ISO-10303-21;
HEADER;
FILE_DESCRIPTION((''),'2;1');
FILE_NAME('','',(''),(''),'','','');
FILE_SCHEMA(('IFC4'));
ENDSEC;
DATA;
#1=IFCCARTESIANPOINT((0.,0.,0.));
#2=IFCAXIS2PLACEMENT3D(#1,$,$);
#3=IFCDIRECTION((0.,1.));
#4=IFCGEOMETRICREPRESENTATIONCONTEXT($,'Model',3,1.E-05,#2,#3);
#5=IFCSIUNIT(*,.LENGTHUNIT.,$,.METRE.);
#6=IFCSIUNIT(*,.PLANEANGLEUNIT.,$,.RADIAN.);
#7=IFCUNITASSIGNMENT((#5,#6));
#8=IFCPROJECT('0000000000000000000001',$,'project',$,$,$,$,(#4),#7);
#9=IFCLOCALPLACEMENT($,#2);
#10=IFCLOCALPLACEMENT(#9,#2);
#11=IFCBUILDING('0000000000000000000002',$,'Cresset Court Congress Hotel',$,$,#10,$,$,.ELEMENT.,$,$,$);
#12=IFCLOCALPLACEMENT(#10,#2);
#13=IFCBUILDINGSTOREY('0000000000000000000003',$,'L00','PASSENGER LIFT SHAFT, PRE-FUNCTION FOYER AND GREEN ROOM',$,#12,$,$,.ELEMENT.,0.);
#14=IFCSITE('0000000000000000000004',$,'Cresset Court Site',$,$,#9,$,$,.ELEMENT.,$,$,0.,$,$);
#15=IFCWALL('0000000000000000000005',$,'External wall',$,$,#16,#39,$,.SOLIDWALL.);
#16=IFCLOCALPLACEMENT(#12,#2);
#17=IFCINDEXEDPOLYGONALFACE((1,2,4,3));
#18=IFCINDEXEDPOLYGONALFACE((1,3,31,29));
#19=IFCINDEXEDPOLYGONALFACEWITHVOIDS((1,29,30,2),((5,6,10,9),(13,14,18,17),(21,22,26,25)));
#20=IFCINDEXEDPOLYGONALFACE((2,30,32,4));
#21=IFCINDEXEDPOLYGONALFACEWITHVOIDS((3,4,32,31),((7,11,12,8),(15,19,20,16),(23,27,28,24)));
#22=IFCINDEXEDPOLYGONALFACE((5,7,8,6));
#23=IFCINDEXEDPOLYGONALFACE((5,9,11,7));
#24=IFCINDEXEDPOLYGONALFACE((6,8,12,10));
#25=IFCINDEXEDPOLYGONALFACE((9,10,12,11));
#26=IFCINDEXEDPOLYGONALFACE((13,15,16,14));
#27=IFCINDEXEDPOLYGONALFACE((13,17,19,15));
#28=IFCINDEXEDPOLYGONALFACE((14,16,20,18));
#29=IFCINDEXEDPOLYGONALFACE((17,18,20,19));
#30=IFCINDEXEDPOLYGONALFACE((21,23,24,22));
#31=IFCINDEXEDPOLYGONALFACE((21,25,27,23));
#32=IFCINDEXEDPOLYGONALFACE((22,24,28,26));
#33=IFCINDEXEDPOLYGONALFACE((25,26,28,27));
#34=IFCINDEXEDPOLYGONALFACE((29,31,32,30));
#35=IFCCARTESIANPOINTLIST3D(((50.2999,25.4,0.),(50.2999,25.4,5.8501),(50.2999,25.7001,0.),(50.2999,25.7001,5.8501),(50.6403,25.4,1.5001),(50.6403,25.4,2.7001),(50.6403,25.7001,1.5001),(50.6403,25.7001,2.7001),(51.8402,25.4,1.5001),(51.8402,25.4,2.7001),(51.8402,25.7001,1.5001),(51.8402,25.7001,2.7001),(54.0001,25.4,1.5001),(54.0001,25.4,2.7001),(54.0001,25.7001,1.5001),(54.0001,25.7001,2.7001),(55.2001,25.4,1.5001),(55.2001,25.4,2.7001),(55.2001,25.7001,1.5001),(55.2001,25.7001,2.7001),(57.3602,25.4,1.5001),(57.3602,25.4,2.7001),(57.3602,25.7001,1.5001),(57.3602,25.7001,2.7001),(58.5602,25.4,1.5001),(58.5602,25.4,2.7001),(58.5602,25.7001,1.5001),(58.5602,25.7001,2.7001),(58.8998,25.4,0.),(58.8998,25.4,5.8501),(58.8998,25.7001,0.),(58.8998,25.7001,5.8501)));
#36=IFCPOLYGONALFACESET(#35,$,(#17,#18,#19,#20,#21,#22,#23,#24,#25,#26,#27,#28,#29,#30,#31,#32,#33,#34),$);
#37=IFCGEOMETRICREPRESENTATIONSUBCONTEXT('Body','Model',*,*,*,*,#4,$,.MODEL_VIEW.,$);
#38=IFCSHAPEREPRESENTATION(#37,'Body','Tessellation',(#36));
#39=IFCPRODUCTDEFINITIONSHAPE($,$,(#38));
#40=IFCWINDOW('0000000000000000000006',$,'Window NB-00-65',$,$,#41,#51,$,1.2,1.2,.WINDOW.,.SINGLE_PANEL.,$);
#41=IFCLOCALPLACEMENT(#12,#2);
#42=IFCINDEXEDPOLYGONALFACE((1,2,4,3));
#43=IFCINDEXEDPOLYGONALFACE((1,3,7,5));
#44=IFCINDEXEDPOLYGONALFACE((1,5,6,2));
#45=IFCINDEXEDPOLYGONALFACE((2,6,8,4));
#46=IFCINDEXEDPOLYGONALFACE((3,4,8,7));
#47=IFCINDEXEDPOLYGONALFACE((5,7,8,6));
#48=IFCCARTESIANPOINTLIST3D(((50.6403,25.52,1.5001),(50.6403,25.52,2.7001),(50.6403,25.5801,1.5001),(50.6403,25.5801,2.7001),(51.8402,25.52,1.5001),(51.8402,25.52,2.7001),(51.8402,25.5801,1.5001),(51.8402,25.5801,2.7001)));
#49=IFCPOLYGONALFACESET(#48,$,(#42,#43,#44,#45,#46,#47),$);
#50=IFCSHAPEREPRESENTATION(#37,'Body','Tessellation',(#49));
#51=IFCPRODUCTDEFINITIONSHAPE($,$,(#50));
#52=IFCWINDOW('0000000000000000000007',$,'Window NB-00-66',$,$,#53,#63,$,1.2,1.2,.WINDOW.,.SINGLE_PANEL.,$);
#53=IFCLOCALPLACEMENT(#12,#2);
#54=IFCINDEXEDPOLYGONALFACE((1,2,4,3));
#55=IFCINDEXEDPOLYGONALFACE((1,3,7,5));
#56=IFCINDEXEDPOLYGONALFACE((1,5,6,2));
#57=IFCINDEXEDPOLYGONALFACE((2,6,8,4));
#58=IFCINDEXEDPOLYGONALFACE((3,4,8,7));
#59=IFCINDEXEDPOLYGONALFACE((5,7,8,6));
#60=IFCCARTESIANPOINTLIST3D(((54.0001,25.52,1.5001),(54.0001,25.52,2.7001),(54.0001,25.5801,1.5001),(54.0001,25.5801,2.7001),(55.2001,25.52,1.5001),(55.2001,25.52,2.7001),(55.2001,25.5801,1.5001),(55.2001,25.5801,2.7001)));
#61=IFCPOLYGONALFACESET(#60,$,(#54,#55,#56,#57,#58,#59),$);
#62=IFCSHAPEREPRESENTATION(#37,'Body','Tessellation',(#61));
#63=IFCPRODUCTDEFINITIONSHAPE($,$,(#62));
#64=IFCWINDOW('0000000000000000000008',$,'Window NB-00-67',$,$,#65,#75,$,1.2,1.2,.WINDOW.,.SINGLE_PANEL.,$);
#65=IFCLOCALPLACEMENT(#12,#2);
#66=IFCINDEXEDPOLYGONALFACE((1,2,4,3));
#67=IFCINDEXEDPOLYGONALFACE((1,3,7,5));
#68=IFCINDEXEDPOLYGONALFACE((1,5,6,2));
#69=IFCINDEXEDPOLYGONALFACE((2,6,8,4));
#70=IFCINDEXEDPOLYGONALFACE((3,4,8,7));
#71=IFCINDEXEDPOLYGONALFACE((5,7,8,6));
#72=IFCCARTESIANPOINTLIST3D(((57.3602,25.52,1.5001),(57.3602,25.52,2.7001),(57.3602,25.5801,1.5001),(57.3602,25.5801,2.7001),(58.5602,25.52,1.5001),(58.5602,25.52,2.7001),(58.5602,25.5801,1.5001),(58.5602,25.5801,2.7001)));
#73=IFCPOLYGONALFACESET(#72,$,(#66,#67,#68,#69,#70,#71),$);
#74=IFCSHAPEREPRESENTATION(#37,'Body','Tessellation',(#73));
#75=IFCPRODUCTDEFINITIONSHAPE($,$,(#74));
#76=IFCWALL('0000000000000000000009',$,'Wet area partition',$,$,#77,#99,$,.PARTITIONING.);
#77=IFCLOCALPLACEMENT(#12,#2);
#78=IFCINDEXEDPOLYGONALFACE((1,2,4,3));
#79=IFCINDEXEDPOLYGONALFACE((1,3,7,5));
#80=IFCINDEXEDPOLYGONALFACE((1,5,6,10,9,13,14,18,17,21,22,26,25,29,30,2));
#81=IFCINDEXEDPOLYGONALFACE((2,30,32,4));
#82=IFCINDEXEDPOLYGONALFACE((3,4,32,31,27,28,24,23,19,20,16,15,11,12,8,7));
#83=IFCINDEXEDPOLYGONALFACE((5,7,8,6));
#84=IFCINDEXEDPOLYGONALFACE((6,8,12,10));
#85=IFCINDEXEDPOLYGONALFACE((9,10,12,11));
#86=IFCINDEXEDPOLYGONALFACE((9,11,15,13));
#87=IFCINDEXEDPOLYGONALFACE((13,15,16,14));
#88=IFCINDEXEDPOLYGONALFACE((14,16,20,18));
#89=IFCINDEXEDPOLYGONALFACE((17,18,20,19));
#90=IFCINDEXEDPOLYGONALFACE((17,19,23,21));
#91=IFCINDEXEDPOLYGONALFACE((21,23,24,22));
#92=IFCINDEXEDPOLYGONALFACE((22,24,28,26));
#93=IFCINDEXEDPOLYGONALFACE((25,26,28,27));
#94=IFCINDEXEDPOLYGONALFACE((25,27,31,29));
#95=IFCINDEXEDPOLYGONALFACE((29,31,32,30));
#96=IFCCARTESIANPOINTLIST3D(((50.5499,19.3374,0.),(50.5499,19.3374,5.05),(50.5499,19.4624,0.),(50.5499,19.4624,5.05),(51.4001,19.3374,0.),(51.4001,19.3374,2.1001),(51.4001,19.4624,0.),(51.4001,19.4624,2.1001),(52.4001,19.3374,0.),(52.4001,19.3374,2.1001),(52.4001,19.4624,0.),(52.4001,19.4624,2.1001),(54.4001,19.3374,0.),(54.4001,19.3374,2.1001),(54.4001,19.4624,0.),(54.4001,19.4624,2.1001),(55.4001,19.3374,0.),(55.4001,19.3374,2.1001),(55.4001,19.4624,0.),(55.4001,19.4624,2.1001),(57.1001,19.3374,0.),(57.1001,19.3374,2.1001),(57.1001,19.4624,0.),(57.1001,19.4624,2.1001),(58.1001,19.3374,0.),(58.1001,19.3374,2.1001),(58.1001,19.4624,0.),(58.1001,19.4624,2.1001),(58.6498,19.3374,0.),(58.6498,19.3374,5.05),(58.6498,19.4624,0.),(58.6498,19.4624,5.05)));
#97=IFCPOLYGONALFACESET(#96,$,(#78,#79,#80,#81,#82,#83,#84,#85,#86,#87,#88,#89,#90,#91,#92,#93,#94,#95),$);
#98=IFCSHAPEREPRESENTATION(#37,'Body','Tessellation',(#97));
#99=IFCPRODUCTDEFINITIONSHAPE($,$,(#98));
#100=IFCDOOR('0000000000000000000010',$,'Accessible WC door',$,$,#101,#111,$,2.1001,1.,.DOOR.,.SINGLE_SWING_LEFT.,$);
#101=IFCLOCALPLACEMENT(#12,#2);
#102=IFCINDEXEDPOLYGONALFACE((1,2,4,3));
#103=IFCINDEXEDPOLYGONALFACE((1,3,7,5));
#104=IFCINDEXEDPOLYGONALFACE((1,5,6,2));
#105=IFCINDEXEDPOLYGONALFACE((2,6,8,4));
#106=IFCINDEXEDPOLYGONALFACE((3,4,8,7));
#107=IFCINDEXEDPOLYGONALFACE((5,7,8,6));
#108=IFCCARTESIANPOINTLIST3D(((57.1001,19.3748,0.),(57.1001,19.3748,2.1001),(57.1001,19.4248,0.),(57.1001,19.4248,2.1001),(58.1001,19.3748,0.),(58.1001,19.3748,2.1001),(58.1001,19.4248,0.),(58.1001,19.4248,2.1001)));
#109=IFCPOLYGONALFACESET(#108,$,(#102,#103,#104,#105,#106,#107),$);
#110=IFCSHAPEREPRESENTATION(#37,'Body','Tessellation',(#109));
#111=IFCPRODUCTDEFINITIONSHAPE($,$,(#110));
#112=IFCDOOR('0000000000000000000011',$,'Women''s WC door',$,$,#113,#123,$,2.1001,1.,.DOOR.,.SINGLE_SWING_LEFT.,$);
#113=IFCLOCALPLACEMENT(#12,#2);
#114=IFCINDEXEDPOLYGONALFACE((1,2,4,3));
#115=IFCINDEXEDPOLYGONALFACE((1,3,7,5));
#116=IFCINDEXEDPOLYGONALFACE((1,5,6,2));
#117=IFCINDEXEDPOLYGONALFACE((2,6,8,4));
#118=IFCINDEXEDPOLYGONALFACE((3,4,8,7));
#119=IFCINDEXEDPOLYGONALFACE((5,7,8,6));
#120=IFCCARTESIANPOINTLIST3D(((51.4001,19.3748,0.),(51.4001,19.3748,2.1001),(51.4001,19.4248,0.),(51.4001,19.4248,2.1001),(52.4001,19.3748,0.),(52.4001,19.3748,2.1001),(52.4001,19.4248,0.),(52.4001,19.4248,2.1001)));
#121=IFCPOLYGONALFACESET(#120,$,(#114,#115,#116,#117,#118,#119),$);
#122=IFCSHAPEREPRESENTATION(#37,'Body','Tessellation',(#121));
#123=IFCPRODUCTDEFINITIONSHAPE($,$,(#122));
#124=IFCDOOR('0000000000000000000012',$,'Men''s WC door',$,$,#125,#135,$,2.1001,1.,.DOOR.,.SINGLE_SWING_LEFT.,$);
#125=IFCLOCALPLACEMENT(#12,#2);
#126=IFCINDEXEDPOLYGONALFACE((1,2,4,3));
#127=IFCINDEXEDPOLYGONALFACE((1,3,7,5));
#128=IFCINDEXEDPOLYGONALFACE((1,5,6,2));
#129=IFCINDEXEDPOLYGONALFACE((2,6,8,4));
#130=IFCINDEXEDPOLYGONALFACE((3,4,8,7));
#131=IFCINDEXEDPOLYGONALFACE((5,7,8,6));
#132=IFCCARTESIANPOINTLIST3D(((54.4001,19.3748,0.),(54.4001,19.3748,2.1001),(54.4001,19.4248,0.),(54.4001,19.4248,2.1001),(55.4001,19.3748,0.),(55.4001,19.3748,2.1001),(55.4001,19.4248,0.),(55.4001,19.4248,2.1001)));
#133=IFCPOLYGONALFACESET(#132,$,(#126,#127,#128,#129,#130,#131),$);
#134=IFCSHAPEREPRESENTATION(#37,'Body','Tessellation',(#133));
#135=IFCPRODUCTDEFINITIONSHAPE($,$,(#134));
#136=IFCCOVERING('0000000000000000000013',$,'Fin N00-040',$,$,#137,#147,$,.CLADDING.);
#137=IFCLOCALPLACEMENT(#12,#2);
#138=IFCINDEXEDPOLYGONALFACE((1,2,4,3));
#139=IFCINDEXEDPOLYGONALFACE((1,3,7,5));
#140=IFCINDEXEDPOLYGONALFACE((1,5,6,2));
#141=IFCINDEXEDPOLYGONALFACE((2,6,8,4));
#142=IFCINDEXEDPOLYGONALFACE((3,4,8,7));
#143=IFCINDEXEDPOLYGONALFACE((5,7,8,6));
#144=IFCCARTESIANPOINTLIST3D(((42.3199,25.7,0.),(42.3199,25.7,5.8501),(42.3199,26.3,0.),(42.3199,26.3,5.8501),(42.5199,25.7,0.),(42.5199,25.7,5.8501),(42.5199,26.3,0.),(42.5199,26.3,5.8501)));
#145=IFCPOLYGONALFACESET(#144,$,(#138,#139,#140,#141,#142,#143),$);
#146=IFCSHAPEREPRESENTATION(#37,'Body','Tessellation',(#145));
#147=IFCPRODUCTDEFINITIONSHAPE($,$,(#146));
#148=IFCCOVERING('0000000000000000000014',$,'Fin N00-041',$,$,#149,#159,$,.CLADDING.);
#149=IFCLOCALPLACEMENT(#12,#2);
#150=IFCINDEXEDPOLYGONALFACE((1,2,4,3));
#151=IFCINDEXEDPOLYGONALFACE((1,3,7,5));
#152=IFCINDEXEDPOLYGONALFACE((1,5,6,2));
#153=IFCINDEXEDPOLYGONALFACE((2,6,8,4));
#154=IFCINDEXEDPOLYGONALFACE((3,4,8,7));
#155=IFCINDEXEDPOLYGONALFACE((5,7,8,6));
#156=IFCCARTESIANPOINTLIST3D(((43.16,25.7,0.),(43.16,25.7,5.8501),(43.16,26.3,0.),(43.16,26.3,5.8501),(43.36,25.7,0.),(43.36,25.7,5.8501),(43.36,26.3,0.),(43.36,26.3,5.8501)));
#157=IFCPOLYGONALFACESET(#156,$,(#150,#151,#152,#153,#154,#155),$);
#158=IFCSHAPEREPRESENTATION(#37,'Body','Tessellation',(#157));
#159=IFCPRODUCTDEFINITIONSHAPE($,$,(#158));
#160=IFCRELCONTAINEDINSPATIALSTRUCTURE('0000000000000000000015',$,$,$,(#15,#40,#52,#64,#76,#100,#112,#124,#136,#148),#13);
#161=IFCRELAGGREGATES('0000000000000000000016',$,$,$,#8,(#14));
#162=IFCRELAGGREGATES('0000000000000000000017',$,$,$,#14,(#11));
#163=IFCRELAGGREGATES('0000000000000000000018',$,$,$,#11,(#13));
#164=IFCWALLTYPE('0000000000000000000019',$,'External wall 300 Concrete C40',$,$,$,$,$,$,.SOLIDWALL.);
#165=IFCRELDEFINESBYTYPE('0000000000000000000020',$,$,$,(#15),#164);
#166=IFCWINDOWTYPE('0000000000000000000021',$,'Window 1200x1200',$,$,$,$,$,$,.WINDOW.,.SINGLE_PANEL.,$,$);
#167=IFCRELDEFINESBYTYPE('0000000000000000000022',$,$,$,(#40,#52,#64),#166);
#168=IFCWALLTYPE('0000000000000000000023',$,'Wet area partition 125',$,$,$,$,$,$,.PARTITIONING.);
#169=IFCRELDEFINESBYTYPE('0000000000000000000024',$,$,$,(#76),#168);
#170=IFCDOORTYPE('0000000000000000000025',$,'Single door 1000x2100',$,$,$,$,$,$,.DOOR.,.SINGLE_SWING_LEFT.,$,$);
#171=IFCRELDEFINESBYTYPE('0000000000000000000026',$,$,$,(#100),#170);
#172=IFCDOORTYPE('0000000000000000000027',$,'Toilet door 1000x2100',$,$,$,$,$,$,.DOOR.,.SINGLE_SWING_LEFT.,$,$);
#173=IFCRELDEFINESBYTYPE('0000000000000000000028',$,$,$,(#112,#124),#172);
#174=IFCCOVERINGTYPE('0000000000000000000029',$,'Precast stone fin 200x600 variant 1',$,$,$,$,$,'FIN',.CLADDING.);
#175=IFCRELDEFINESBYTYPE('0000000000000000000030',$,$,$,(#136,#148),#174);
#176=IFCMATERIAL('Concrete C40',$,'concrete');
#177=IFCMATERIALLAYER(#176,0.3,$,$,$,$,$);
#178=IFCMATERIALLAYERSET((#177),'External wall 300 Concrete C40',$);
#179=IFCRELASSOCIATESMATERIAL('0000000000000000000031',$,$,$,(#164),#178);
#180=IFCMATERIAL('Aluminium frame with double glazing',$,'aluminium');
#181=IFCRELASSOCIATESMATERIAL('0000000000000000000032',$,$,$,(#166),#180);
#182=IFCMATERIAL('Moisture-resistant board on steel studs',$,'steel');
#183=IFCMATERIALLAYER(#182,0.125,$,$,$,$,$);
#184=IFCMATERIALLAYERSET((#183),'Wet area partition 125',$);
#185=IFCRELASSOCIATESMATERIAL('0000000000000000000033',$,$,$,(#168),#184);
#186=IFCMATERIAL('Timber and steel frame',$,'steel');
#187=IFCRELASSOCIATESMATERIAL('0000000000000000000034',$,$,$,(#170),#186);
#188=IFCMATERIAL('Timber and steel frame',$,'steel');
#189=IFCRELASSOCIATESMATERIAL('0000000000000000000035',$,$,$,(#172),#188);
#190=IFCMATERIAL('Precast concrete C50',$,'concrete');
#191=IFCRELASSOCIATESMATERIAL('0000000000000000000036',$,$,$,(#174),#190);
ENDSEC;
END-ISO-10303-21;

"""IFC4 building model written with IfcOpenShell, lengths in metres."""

from ifc_helpers import new_model, si_unit, direction, frame, frame_2d, origin, origin_2d, place, context, subcontext, project, spatial, rectangle, extrude, material, layer, layer_set, type_object, element, fill, save


model = new_model("IFC4")

# Units and contexts
model_context = context("Model", 3, precision=1e-05, world=origin(), true_north=direction((0.0, 1.0)))
body_context = subcontext(model_context, "Body", "Model", "MODEL_VIEW")
ifc_project = project(units=[si_unit("LENGTHUNIT", "METRE"), si_unit("PLANEANGLEUNIT", "RADIAN")], contexts=[model_context])

# Site, building, storey
site_placement = place(None, origin())
site = spatial("IfcSite", under=ifc_project, at=site_placement, Name="Cresset Court Site", CompositionType="ELEMENT", RefElevation=0.0)
building_placement = place(site_placement, origin())
building = spatial("IfcBuilding", under=site, at=building_placement, Name="Cresset Court Congress Hotel", CompositionType="ELEMENT")
storey_placement = place(building_placement, origin())
storey = spatial("IfcBuildingStorey", under=building, at=storey_placement, Name="L00", Description="PASSENGER LIFT SHAFT, PRE-FUNCTION FOYER AND GREEN ROOM", CompositionType="ELEMENT", Elevation=0.0)

# Wall, openings, windows
ifc_material_1 = material(Name="Concrete C40", Category="concrete")
ifc_layer_1 = layer(ifc_material_1, 0.3)
ifc_layer_set_1 = layer_set([ifc_layer_1], Name="External wall 300 Concrete C40")
wall_type_1 = type_object("IfcWallType", Name="External wall 300 Concrete C40", PredefinedType="SOLIDWALL", material=ifc_layer_set_1)
wall_1_placement = place(storey_placement, frame((50.3, 25.55, 0.0), z_axis=(0.0, 0.0, 1.0), x_axis=(1.0, 0.0, 0.0)))
wall_1 = element("IfcWall", 1, at=wall_1_placement, inside=storey, type_object=wall_type_1, Name="External wall", PredefinedType="SOLIDWALL", context=body_context, shape_type="SweptSolid", body=[
    extrude(rectangle(XDim=8.5999, YDim=0.3, at=frame_2d((4.2998, 0.0))), origin(), (0.0, 0.0, 1.0), 5.8501),
])
opening_1_placement = place(wall_1_placement, frame((0.3401, 0.0, 1.5)))
opening_1 = element("IfcOpeningElement", 2, at=opening_1_placement, cuts=wall_1, PredefinedType="OPENING", context=body_context, shape_type="SweptSolid", body=[
    extrude(rectangle(XDim=1.2, YDim=1.2, at=frame_2d((0.6001, 0.6001))), frame((0.0, 0.1599, 0.0), z_axis=(0.0, -1.0, 0.0), x_axis=(1.0, 0.0, 0.0)), (0.0, 0.0, 1.0), 0.3201),
])
opening_2_placement = place(wall_1_placement, frame((3.7, 0.0, 1.5)))
opening_2 = element("IfcOpeningElement", 3, at=opening_2_placement, cuts=wall_1, PredefinedType="OPENING", context=body_context, shape_type="SweptSolid", body=[
    extrude(rectangle(XDim=1.2, YDim=1.2, at=frame_2d((0.6001, 0.6001))), frame((0.0, 0.1599, 0.0), z_axis=(0.0, -1.0, 0.0), x_axis=(1.0, 0.0, 0.0)), (0.0, 0.0, 1.0), 0.3201),
])
opening_3_placement = place(wall_1_placement, frame((7.0601, 0.0, 1.5)))
opening_3 = element("IfcOpeningElement", 4, at=opening_3_placement, cuts=wall_1, PredefinedType="OPENING", context=body_context, shape_type="SweptSolid", body=[
    extrude(rectangle(XDim=1.2, YDim=1.2, at=frame_2d((0.6001, 0.6001))), frame((0.0, 0.1599, 0.0), z_axis=(0.0, -1.0, 0.0), x_axis=(1.0, 0.0, 0.0)), (0.0, 0.0, 1.0), 0.3201),
])
ifc_material_2 = material(Name="Aluminium frame with double glazing", Category="aluminium")
window_type = type_object("IfcWindowType", Name="Window 1200x1200", PartitioningType="SINGLE_PANEL", PredefinedType="WINDOW", material=ifc_material_2)
window_1_placement = place(opening_1_placement, origin())
window_1 = element("IfcWindow", 5, at=window_1_placement, inside=storey, type_object=window_type, Name="Window NB-00-65", OverallHeight=1.2, OverallWidth=1.2, PartitioningType="SINGLE_PANEL", PredefinedType="WINDOW", context=body_context, shape_type="SweptSolid", body=[
    extrude(rectangle(XDim=1.2, YDim=1.2, at=frame_2d((0.6001, 0.6001))), frame((0.0, 0.03, 0.0), z_axis=(0.0, -1.0, 0.0), x_axis=(1.0, 0.0, 0.0)), (0.0, 0.0, 1.0), 0.0601),
])
fill(opening_1, window_1)
window_2_placement = place(opening_2_placement, origin())
window_2 = element("IfcWindow", 6, at=window_2_placement, inside=storey, type_object=window_type, Name="Window NB-00-66", OverallHeight=1.2, OverallWidth=1.2, PartitioningType="SINGLE_PANEL", PredefinedType="WINDOW", context=body_context, shape_type="SweptSolid", body=[
    extrude(rectangle(XDim=1.2, YDim=1.2, at=frame_2d((0.6001, 0.6001))), frame((0.0, 0.03, 0.0), z_axis=(0.0, -1.0, 0.0), x_axis=(1.0, 0.0, 0.0)), (0.0, 0.0, 1.0), 0.0601),
])
fill(opening_2, window_2)
window_3_placement = place(opening_3_placement, origin())
window_3 = element("IfcWindow", 7, at=window_3_placement, inside=storey, type_object=window_type, Name="Window NB-00-67", OverallHeight=1.2, OverallWidth=1.2, PartitioningType="SINGLE_PANEL", PredefinedType="WINDOW", context=body_context, shape_type="SweptSolid", body=[
    extrude(rectangle(XDim=1.2, YDim=1.2, at=frame_2d((0.6001, 0.6001))), frame((0.0, 0.03, 0.0), z_axis=(0.0, -1.0, 0.0), x_axis=(1.0, 0.0, 0.0)), (0.0, 0.0, 1.0), 0.0601),
])
fill(opening_3, window_3)

# Wall, openings, doors
ifc_material_3 = material(Name="Moisture-resistant board on steel studs", Category="steel")
ifc_layer_2 = layer(ifc_material_3, 0.125)
ifc_layer_set_2 = layer_set([ifc_layer_2], Name="Wet area partition 125")
wall_type_2 = type_object("IfcWallType", Name="Wet area partition 125", PredefinedType="PARTITIONING", material=ifc_layer_set_2)
wall_2_placement = place(storey_placement, frame((50.55, 19.3999, 0.0), z_axis=(0.0, 0.0, 1.0), x_axis=(1.0, 0.0, 0.0)))
wall_2 = element("IfcWall", 8, at=wall_2_placement, inside=storey, type_object=wall_type_2, Name="Wet area partition", PredefinedType="PARTITIONING", context=body_context, shape_type="SweptSolid", body=[
    extrude(rectangle(XDim=8.0999, YDim=0.125, at=frame_2d((4.0498, 0.0))), origin(), (0.0, 0.0, 1.0), 5.05),
])
opening_4_placement = place(wall_2_placement, frame((0.8501, 0.0, 0.0)))
opening_4 = element("IfcOpeningElement", 9, at=opening_4_placement, cuts=wall_2, PredefinedType="OPENING", context=body_context, shape_type="SweptSolid", body=[
    extrude(rectangle(XDim=1.0, YDim=2.1001, at=frame_2d((0.5, 1.05))), frame((0.0, 0.0725, 0.0), z_axis=(0.0, -1.0, 0.0), x_axis=(1.0, 0.0, 0.0)), (0.0, 0.0, 1.0), 0.145),
])
opening_5_placement = place(wall_2_placement, frame((3.8501, 0.0, 0.0)))
opening_5 = element("IfcOpeningElement", 10, at=opening_5_placement, cuts=wall_2, PredefinedType="OPENING", context=body_context, shape_type="SweptSolid", body=[
    extrude(rectangle(XDim=1.0, YDim=2.1001, at=frame_2d((0.5, 1.05))), frame((0.0, 0.0725, 0.0), z_axis=(0.0, -1.0, 0.0), x_axis=(1.0, 0.0, 0.0)), (0.0, 0.0, 1.0), 0.145),
])
opening_6_placement = place(wall_2_placement, frame((6.55, 0.0, 0.0)))
opening_6 = element("IfcOpeningElement", 11, at=opening_6_placement, cuts=wall_2, PredefinedType="OPENING", context=body_context, shape_type="SweptSolid", body=[
    extrude(rectangle(XDim=1.0, YDim=2.1001, at=frame_2d((0.5, 1.05))), frame((0.0, 0.0725, 0.0), z_axis=(0.0, -1.0, 0.0), x_axis=(1.0, 0.0, 0.0)), (0.0, 0.0, 1.0), 0.145),
])
ifc_material_4 = material(Name="Timber and steel frame", Category="steel")
door_type_1 = type_object("IfcDoorType", Name="Single door 1000x2100", OperationType="SINGLE_SWING_LEFT", PredefinedType="DOOR", material=ifc_material_4)
door_1_placement = place(opening_6_placement, origin())
door_1 = element("IfcDoor", 12, at=door_1_placement, inside=storey, type_object=door_type_1, Name="Accessible WC door", OperationType="SINGLE_SWING_LEFT", OverallHeight=2.1001, OverallWidth=1.0, PredefinedType="DOOR", context=body_context, shape_type="SweptSolid", body=[
    extrude(rectangle(XDim=1.0, YDim=2.1001, at=frame_2d((0.5, 1.05))), frame((0.0, 0.0249, 0.0), z_axis=(0.0, -1.0, 0.0), x_axis=(1.0, 0.0, 0.0)), (0.0, 0.0, 1.0), 0.05),
])
fill(opening_6, door_1)
ifc_material_5 = material(Name="Timber and steel frame", Category="steel")
door_type_2 = type_object("IfcDoorType", Name="Toilet door 1000x2100", OperationType="SINGLE_SWING_LEFT", PredefinedType="DOOR", material=ifc_material_5)
door_2_placement = place(opening_4_placement, origin())
door_2 = element("IfcDoor", 13, at=door_2_placement, inside=storey, type_object=door_type_2, Name="Women's WC door", OperationType="SINGLE_SWING_LEFT", OverallHeight=2.1001, OverallWidth=1.0, PredefinedType="DOOR", context=body_context, shape_type="SweptSolid", body=[
    extrude(rectangle(XDim=1.0, YDim=2.1001, at=frame_2d((0.5, 1.05))), frame((0.0, 0.0249, 0.0), z_axis=(0.0, -1.0, 0.0), x_axis=(1.0, 0.0, 0.0)), (0.0, 0.0, 1.0), 0.05),
])
fill(opening_4, door_2)
door_3_placement = place(opening_5_placement, origin())
door_3 = element("IfcDoor", 14, at=door_3_placement, inside=storey, type_object=door_type_2, Name="Men's WC door", OperationType="SINGLE_SWING_LEFT", OverallHeight=2.1001, OverallWidth=1.0, PredefinedType="DOOR", context=body_context, shape_type="SweptSolid", body=[
    extrude(rectangle(XDim=1.0, YDim=2.1001, at=frame_2d((0.5, 1.05))), frame((0.0, 0.0249, 0.0), z_axis=(0.0, -1.0, 0.0), x_axis=(1.0, 0.0, 0.0)), (0.0, 0.0, 1.0), 0.05),
])
fill(opening_5, door_3)

# Coverings
ifc_material_6 = material(Name="Precast concrete C50", Category="concrete")
covering_type = type_object("IfcCoveringType", Name="Precast stone fin 200x600 variant 1", ElementType="FIN", PredefinedType="CLADDING", material=ifc_material_6)
for number, where, z_axis, x_axis, name in (
    (15, (42.4199, 26.0, 0.0), (0.0, 0.0, 1.0), (1.0, 0.0, 0.0), "Fin N00-040"),
    (16, (43.26, 26.0, 0.0), (0.0, 0.0, 1.0), (1.0, 0.0, 0.0), "Fin N00-041"),
):
    element("IfcCovering", number, at=place(storey_placement, frame(where, z_axis=z_axis, x_axis=x_axis)), inside=storey, type_object=covering_type, Name=name, PredefinedType="CLADDING", context=body_context, shape_type="SweptSolid", body=[
        extrude(rectangle(XDim=0.2, YDim=0.6001, at=origin_2d()), origin(), (0.0, 0.0, 1.0), 5.8501),
    ])

save(model, "model.ifc")
